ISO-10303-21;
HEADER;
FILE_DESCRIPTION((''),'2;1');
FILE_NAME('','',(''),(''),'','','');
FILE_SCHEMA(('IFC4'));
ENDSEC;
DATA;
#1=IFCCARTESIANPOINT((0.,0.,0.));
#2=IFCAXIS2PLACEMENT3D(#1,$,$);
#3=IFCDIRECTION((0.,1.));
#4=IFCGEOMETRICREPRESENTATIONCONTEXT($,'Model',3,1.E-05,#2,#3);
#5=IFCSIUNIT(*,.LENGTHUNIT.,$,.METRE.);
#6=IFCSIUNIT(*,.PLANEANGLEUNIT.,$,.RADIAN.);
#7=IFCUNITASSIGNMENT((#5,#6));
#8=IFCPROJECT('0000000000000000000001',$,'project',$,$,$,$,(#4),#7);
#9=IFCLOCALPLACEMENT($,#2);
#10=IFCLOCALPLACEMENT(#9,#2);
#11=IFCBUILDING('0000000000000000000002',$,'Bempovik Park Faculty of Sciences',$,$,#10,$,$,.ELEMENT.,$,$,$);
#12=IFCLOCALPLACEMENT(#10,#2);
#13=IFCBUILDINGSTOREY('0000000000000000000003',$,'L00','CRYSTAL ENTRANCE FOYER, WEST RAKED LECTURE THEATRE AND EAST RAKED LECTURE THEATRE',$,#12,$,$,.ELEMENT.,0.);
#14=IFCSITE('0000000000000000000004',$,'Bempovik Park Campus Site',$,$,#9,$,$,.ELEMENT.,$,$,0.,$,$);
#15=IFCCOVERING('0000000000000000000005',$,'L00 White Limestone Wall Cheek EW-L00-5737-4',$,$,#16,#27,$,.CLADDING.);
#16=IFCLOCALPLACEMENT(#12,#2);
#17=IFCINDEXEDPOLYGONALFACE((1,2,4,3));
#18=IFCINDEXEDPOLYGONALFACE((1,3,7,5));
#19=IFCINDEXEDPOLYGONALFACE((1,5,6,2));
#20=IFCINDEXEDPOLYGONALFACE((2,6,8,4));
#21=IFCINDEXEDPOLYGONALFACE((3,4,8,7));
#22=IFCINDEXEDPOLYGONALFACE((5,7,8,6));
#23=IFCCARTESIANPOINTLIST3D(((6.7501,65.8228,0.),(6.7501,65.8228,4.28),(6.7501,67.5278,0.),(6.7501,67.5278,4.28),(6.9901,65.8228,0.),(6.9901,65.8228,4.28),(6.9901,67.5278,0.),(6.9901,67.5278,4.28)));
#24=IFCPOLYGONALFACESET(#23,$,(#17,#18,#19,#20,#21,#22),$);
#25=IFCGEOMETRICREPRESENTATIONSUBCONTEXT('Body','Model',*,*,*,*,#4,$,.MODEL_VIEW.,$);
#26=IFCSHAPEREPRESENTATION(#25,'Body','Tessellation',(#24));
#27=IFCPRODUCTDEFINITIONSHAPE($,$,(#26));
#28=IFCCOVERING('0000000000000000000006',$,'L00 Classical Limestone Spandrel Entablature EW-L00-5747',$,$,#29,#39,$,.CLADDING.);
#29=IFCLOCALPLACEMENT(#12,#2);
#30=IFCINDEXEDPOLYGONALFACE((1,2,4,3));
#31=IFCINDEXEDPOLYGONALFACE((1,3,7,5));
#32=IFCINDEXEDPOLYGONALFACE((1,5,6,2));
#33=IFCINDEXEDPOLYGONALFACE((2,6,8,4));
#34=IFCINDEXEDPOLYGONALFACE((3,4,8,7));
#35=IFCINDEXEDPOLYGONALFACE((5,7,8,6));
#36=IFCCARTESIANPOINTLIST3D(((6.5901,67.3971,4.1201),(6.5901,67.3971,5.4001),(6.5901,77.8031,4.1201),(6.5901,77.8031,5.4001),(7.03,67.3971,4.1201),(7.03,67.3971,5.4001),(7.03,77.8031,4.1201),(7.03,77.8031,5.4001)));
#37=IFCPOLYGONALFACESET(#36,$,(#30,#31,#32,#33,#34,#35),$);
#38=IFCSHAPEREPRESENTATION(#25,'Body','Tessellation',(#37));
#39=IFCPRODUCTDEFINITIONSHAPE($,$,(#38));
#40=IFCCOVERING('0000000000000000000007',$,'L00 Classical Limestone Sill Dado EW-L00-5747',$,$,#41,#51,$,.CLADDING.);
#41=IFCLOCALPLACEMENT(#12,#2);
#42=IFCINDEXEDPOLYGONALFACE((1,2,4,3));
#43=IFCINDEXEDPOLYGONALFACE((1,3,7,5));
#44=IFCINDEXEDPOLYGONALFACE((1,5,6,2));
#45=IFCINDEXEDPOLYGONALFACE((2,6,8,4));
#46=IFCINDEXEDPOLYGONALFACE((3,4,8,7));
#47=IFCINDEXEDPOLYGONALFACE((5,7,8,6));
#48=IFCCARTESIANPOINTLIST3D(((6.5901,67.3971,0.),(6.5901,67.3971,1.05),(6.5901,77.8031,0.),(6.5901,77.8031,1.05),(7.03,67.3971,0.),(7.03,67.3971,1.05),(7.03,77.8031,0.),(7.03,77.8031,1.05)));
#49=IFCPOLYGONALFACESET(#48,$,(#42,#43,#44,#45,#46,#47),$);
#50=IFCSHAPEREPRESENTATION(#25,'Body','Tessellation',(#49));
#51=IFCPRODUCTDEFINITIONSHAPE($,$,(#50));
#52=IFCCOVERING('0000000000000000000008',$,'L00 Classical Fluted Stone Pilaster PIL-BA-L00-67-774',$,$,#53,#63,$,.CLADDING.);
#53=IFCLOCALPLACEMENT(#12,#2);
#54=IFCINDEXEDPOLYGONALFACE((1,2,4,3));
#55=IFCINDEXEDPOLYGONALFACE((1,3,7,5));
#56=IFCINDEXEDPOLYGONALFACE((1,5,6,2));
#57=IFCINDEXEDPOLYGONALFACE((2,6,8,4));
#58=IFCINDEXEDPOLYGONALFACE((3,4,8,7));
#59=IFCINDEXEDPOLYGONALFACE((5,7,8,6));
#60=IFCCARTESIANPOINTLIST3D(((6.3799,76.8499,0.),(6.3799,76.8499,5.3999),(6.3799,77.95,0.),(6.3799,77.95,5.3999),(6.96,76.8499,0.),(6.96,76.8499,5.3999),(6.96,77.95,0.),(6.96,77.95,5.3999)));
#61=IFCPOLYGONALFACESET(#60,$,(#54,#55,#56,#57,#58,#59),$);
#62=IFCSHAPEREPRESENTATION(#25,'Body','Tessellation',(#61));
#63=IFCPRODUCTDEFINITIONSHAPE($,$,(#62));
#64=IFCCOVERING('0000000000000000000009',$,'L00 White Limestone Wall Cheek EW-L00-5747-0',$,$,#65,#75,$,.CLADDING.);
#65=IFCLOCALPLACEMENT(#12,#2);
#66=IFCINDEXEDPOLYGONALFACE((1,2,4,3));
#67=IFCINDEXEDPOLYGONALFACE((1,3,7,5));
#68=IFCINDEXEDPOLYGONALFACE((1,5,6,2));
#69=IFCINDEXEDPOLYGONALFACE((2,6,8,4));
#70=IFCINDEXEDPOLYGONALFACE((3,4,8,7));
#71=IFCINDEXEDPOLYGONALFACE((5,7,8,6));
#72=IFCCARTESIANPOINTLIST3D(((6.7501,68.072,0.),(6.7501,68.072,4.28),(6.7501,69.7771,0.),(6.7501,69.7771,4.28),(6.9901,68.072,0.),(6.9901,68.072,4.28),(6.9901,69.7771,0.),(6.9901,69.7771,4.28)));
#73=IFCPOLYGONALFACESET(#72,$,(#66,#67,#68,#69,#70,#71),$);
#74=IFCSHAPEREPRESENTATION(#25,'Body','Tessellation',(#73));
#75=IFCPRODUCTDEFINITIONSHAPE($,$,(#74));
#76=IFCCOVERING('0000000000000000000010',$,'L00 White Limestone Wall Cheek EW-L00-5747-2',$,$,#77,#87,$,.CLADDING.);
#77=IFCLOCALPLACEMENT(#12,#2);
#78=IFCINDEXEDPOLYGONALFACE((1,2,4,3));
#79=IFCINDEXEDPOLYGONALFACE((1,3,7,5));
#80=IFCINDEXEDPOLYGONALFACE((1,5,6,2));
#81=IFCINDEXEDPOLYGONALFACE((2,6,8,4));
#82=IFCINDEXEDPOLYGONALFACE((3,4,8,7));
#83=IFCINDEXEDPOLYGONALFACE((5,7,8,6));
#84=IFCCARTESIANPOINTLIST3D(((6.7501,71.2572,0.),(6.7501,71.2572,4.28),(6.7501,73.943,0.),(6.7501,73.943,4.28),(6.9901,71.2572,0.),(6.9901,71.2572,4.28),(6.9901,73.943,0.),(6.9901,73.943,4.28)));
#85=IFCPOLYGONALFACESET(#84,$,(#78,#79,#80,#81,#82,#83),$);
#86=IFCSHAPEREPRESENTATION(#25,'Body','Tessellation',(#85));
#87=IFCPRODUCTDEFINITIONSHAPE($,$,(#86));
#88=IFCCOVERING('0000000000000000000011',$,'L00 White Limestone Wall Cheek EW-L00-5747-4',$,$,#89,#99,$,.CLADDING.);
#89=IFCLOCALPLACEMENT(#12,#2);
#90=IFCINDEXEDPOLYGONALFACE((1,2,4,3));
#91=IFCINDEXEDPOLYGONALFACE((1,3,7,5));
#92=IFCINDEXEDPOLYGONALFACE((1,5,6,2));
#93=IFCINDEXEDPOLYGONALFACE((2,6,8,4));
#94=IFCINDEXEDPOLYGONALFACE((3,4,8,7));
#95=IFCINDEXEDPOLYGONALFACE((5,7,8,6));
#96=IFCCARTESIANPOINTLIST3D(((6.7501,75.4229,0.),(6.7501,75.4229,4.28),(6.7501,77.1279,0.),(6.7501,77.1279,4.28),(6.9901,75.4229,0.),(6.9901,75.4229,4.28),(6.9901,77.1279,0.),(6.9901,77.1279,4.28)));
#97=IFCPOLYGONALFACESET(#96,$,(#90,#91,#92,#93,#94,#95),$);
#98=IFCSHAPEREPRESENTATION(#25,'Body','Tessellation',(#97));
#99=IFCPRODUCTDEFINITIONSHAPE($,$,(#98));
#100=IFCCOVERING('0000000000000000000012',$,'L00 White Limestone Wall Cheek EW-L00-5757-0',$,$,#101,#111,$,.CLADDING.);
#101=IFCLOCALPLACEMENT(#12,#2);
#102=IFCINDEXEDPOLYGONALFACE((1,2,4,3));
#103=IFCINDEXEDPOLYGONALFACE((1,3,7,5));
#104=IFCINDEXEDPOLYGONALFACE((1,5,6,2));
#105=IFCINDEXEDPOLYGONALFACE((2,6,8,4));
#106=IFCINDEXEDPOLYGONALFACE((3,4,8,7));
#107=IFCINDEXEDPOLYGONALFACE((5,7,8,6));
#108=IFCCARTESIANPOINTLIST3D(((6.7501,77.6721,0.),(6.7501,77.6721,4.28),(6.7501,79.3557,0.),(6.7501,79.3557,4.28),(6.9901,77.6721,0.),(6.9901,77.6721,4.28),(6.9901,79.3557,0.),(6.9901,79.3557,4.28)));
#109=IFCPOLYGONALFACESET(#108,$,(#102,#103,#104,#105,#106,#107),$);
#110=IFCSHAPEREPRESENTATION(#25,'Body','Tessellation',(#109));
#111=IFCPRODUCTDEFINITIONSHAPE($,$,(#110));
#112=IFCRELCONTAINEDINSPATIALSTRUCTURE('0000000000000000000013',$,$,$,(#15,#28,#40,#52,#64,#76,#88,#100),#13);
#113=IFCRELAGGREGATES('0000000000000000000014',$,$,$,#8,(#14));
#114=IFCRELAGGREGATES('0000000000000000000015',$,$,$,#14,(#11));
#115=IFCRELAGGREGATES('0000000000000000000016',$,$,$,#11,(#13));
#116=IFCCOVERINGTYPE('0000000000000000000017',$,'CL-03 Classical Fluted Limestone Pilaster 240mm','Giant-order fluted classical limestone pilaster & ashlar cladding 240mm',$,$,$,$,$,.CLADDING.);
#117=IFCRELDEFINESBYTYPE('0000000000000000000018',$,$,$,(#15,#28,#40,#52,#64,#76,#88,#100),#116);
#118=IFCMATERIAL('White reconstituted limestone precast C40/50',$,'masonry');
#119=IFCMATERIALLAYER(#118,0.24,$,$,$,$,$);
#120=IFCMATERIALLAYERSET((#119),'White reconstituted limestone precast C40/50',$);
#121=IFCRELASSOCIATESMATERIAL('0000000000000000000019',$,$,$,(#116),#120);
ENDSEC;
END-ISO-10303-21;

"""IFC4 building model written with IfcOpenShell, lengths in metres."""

from ifc_helpers import new_model, si_unit, direction, frame, origin, origin_2d, place, context, subcontext, project, spatial, rectangle, extrude, material, layer, layer_set, type_object, element, save


model = new_model("IFC4")

# Units and contexts
model_context = context("Model", 3, precision=1e-05, world=origin(), true_north=direction((0.0, 1.0)))
body_context = subcontext(model_context, "Body", "Model", "MODEL_VIEW")
ifc_project = project(units=[si_unit("LENGTHUNIT", "METRE"), si_unit("PLANEANGLEUNIT", "RADIAN")], contexts=[model_context])

# Site, building, storey
site_placement = place(None, origin())
site = spatial("IfcSite", under=ifc_project, at=site_placement, Name="Bempovik Park Campus Site", CompositionType="ELEMENT", RefElevation=0.0)
building_placement = place(site_placement, origin())
building = spatial("IfcBuilding", under=site, at=building_placement, Name="Bempovik Park Faculty of Sciences", CompositionType="ELEMENT")
storey_placement = place(building_placement, origin())
storey = spatial("IfcBuildingStorey", under=building, at=storey_placement, Name="L00", Description="CRYSTAL ENTRANCE FOYER, WEST RAKED LECTURE THEATRE AND EAST RAKED LECTURE THEATRE", CompositionType="ELEMENT", Elevation=0.0)

# Coverings
ifc_material_1 = material(Name="White reconstituted limestone precast C40/50", Category="masonry")
ifc_layer_1 = layer(ifc_material_1, 0.24)
ifc_layer_set_1 = layer_set([ifc_layer_1], Name="White reconstituted limestone precast C40/50")
covering_type_1 = type_object("IfcCoveringType", Name="CL-03 Classical Fluted Limestone Pilaster 240mm", Description="Giant-order fluted classical limestone pilaster & ashlar cladding 240mm", PredefinedType="CLADDING", material=ifc_layer_set_1)
covering_1_placement = place(storey_placement, frame((6.8701, 66.6753, 0.0), z_axis=(0.0, 0.0, 1.0), x_axis=(1.0, 0.0, 0.0)))
element("IfcCovering", 1, at=covering_1_placement, inside=storey, type_object=covering_type_1, Name="L00 White Limestone Wall Cheek EW-L00-5737-4", PredefinedType="CLADDING", context=body_context, shape_type="SweptSolid", body=[
    extrude(rectangle(XDim=0.24, YDim=1.7051, at=origin_2d()), origin(), (0.0, 0.0, 1.0), 4.28),
])
covering_2_placement = place(storey_placement, frame((6.8101, 72.6001, 4.1201), z_axis=(0.0, 0.0, 1.0), x_axis=(1.0, 0.0, 0.0)))
element("IfcCovering", 2, at=covering_2_placement, inside=storey, type_object=covering_type_1, Name="L00 Classical Limestone Spandrel Entablature EW-L00-5747", PredefinedType="CLADDING", context=body_context, shape_type="SweptSolid", body=[
    extrude(rectangle(XDim=0.4399, YDim=10.406, at=origin_2d()), origin(), (0.0, 0.0, 1.0), 1.28),
])
covering_3_placement = place(storey_placement, frame((6.8101, 72.6001, 0.0), z_axis=(0.0, 0.0, 1.0), x_axis=(1.0, 0.0, 0.0)))
element("IfcCovering", 3, at=covering_3_placement, inside=storey, type_object=covering_type_1, Name="L00 Classical Limestone Sill Dado EW-L00-5747", PredefinedType="CLADDING", context=body_context, shape_type="SweptSolid", body=[
    extrude(rectangle(XDim=0.4399, YDim=10.406, at=origin_2d()), origin(), (0.0, 0.0, 1.0), 1.05),
])
covering_4_placement = place(storey_placement, frame((6.6699, 77.3999, 0.0), z_axis=(0.0, 0.0, 1.0), x_axis=(1.0, 0.0, 0.0)))
element("IfcCovering", 4, at=covering_4_placement, inside=storey, type_object=covering_type_1, Name="L00 Classical Fluted Stone Pilaster PIL-BA-L00-67-774", PredefinedType="CLADDING", context=body_context, shape_type="SweptSolid", body=[
    extrude(rectangle(XDim=0.5801, YDim=1.1001, at=origin_2d()), origin(), (0.0, 0.0, 1.0), 5.3999),
])
covering_5_placement = place(storey_placement, frame((6.8701, 68.9246, 0.0), z_axis=(0.0, 0.0, 1.0), x_axis=(1.0, 0.0, 0.0)))
element("IfcCovering", 5, at=covering_5_placement, inside=storey, type_object=covering_type_1, Name="L00 White Limestone Wall Cheek EW-L00-5747-0", PredefinedType="CLADDING", context=body_context, shape_type="SweptSolid", body=[
    extrude(rectangle(XDim=0.24, YDim=1.7051, at=origin_2d()), origin(), (0.0, 0.0, 1.0), 4.28),
])
covering_6_placement = place(storey_placement, frame((6.8701, 72.6001, 0.0), z_axis=(0.0, 0.0, 1.0), x_axis=(1.0, 0.0, 0.0)))
element("IfcCovering", 6, at=covering_6_placement, inside=storey, type_object=covering_type_1, Name="L00 White Limestone Wall Cheek EW-L00-5747-2", PredefinedType="CLADDING", context=body_context, shape_type="SweptSolid", body=[
    extrude(rectangle(XDim=0.24, YDim=2.6858, at=origin_2d()), origin(), (0.0, 0.0, 1.0), 4.28),
])
covering_7_placement = place(storey_placement, frame((6.8701, 76.2754, 0.0), z_axis=(0.0, 0.0, 1.0), x_axis=(1.0, 0.0, 0.0)))
element("IfcCovering", 7, at=covering_7_placement, inside=storey, type_object=covering_type_1, Name="L00 White Limestone Wall Cheek EW-L00-5747-4", PredefinedType="CLADDING", context=body_context, shape_type="SweptSolid", body=[
    extrude(rectangle(XDim=0.24, YDim=1.7051, at=origin_2d()), origin(), (0.0, 0.0, 1.0), 4.28),
])
covering_8_placement = place(storey_placement, frame((6.8701, 78.5139, 0.0), z_axis=(0.0, 0.0, 1.0), x_axis=(1.0, 0.0, 0.0)))
element("IfcCovering", 8, at=covering_8_placement, inside=storey, type_object=covering_type_1, Name="L00 White Limestone Wall Cheek EW-L00-5757-0", PredefinedType="CLADDING", context=body_context, shape_type="SweptSolid", body=[
    extrude(rectangle(XDim=0.24, YDim=1.6836, at=origin_2d()), origin(), (0.0, 0.0, 1.0), 4.28),
])

save(model, "model.ifc")
